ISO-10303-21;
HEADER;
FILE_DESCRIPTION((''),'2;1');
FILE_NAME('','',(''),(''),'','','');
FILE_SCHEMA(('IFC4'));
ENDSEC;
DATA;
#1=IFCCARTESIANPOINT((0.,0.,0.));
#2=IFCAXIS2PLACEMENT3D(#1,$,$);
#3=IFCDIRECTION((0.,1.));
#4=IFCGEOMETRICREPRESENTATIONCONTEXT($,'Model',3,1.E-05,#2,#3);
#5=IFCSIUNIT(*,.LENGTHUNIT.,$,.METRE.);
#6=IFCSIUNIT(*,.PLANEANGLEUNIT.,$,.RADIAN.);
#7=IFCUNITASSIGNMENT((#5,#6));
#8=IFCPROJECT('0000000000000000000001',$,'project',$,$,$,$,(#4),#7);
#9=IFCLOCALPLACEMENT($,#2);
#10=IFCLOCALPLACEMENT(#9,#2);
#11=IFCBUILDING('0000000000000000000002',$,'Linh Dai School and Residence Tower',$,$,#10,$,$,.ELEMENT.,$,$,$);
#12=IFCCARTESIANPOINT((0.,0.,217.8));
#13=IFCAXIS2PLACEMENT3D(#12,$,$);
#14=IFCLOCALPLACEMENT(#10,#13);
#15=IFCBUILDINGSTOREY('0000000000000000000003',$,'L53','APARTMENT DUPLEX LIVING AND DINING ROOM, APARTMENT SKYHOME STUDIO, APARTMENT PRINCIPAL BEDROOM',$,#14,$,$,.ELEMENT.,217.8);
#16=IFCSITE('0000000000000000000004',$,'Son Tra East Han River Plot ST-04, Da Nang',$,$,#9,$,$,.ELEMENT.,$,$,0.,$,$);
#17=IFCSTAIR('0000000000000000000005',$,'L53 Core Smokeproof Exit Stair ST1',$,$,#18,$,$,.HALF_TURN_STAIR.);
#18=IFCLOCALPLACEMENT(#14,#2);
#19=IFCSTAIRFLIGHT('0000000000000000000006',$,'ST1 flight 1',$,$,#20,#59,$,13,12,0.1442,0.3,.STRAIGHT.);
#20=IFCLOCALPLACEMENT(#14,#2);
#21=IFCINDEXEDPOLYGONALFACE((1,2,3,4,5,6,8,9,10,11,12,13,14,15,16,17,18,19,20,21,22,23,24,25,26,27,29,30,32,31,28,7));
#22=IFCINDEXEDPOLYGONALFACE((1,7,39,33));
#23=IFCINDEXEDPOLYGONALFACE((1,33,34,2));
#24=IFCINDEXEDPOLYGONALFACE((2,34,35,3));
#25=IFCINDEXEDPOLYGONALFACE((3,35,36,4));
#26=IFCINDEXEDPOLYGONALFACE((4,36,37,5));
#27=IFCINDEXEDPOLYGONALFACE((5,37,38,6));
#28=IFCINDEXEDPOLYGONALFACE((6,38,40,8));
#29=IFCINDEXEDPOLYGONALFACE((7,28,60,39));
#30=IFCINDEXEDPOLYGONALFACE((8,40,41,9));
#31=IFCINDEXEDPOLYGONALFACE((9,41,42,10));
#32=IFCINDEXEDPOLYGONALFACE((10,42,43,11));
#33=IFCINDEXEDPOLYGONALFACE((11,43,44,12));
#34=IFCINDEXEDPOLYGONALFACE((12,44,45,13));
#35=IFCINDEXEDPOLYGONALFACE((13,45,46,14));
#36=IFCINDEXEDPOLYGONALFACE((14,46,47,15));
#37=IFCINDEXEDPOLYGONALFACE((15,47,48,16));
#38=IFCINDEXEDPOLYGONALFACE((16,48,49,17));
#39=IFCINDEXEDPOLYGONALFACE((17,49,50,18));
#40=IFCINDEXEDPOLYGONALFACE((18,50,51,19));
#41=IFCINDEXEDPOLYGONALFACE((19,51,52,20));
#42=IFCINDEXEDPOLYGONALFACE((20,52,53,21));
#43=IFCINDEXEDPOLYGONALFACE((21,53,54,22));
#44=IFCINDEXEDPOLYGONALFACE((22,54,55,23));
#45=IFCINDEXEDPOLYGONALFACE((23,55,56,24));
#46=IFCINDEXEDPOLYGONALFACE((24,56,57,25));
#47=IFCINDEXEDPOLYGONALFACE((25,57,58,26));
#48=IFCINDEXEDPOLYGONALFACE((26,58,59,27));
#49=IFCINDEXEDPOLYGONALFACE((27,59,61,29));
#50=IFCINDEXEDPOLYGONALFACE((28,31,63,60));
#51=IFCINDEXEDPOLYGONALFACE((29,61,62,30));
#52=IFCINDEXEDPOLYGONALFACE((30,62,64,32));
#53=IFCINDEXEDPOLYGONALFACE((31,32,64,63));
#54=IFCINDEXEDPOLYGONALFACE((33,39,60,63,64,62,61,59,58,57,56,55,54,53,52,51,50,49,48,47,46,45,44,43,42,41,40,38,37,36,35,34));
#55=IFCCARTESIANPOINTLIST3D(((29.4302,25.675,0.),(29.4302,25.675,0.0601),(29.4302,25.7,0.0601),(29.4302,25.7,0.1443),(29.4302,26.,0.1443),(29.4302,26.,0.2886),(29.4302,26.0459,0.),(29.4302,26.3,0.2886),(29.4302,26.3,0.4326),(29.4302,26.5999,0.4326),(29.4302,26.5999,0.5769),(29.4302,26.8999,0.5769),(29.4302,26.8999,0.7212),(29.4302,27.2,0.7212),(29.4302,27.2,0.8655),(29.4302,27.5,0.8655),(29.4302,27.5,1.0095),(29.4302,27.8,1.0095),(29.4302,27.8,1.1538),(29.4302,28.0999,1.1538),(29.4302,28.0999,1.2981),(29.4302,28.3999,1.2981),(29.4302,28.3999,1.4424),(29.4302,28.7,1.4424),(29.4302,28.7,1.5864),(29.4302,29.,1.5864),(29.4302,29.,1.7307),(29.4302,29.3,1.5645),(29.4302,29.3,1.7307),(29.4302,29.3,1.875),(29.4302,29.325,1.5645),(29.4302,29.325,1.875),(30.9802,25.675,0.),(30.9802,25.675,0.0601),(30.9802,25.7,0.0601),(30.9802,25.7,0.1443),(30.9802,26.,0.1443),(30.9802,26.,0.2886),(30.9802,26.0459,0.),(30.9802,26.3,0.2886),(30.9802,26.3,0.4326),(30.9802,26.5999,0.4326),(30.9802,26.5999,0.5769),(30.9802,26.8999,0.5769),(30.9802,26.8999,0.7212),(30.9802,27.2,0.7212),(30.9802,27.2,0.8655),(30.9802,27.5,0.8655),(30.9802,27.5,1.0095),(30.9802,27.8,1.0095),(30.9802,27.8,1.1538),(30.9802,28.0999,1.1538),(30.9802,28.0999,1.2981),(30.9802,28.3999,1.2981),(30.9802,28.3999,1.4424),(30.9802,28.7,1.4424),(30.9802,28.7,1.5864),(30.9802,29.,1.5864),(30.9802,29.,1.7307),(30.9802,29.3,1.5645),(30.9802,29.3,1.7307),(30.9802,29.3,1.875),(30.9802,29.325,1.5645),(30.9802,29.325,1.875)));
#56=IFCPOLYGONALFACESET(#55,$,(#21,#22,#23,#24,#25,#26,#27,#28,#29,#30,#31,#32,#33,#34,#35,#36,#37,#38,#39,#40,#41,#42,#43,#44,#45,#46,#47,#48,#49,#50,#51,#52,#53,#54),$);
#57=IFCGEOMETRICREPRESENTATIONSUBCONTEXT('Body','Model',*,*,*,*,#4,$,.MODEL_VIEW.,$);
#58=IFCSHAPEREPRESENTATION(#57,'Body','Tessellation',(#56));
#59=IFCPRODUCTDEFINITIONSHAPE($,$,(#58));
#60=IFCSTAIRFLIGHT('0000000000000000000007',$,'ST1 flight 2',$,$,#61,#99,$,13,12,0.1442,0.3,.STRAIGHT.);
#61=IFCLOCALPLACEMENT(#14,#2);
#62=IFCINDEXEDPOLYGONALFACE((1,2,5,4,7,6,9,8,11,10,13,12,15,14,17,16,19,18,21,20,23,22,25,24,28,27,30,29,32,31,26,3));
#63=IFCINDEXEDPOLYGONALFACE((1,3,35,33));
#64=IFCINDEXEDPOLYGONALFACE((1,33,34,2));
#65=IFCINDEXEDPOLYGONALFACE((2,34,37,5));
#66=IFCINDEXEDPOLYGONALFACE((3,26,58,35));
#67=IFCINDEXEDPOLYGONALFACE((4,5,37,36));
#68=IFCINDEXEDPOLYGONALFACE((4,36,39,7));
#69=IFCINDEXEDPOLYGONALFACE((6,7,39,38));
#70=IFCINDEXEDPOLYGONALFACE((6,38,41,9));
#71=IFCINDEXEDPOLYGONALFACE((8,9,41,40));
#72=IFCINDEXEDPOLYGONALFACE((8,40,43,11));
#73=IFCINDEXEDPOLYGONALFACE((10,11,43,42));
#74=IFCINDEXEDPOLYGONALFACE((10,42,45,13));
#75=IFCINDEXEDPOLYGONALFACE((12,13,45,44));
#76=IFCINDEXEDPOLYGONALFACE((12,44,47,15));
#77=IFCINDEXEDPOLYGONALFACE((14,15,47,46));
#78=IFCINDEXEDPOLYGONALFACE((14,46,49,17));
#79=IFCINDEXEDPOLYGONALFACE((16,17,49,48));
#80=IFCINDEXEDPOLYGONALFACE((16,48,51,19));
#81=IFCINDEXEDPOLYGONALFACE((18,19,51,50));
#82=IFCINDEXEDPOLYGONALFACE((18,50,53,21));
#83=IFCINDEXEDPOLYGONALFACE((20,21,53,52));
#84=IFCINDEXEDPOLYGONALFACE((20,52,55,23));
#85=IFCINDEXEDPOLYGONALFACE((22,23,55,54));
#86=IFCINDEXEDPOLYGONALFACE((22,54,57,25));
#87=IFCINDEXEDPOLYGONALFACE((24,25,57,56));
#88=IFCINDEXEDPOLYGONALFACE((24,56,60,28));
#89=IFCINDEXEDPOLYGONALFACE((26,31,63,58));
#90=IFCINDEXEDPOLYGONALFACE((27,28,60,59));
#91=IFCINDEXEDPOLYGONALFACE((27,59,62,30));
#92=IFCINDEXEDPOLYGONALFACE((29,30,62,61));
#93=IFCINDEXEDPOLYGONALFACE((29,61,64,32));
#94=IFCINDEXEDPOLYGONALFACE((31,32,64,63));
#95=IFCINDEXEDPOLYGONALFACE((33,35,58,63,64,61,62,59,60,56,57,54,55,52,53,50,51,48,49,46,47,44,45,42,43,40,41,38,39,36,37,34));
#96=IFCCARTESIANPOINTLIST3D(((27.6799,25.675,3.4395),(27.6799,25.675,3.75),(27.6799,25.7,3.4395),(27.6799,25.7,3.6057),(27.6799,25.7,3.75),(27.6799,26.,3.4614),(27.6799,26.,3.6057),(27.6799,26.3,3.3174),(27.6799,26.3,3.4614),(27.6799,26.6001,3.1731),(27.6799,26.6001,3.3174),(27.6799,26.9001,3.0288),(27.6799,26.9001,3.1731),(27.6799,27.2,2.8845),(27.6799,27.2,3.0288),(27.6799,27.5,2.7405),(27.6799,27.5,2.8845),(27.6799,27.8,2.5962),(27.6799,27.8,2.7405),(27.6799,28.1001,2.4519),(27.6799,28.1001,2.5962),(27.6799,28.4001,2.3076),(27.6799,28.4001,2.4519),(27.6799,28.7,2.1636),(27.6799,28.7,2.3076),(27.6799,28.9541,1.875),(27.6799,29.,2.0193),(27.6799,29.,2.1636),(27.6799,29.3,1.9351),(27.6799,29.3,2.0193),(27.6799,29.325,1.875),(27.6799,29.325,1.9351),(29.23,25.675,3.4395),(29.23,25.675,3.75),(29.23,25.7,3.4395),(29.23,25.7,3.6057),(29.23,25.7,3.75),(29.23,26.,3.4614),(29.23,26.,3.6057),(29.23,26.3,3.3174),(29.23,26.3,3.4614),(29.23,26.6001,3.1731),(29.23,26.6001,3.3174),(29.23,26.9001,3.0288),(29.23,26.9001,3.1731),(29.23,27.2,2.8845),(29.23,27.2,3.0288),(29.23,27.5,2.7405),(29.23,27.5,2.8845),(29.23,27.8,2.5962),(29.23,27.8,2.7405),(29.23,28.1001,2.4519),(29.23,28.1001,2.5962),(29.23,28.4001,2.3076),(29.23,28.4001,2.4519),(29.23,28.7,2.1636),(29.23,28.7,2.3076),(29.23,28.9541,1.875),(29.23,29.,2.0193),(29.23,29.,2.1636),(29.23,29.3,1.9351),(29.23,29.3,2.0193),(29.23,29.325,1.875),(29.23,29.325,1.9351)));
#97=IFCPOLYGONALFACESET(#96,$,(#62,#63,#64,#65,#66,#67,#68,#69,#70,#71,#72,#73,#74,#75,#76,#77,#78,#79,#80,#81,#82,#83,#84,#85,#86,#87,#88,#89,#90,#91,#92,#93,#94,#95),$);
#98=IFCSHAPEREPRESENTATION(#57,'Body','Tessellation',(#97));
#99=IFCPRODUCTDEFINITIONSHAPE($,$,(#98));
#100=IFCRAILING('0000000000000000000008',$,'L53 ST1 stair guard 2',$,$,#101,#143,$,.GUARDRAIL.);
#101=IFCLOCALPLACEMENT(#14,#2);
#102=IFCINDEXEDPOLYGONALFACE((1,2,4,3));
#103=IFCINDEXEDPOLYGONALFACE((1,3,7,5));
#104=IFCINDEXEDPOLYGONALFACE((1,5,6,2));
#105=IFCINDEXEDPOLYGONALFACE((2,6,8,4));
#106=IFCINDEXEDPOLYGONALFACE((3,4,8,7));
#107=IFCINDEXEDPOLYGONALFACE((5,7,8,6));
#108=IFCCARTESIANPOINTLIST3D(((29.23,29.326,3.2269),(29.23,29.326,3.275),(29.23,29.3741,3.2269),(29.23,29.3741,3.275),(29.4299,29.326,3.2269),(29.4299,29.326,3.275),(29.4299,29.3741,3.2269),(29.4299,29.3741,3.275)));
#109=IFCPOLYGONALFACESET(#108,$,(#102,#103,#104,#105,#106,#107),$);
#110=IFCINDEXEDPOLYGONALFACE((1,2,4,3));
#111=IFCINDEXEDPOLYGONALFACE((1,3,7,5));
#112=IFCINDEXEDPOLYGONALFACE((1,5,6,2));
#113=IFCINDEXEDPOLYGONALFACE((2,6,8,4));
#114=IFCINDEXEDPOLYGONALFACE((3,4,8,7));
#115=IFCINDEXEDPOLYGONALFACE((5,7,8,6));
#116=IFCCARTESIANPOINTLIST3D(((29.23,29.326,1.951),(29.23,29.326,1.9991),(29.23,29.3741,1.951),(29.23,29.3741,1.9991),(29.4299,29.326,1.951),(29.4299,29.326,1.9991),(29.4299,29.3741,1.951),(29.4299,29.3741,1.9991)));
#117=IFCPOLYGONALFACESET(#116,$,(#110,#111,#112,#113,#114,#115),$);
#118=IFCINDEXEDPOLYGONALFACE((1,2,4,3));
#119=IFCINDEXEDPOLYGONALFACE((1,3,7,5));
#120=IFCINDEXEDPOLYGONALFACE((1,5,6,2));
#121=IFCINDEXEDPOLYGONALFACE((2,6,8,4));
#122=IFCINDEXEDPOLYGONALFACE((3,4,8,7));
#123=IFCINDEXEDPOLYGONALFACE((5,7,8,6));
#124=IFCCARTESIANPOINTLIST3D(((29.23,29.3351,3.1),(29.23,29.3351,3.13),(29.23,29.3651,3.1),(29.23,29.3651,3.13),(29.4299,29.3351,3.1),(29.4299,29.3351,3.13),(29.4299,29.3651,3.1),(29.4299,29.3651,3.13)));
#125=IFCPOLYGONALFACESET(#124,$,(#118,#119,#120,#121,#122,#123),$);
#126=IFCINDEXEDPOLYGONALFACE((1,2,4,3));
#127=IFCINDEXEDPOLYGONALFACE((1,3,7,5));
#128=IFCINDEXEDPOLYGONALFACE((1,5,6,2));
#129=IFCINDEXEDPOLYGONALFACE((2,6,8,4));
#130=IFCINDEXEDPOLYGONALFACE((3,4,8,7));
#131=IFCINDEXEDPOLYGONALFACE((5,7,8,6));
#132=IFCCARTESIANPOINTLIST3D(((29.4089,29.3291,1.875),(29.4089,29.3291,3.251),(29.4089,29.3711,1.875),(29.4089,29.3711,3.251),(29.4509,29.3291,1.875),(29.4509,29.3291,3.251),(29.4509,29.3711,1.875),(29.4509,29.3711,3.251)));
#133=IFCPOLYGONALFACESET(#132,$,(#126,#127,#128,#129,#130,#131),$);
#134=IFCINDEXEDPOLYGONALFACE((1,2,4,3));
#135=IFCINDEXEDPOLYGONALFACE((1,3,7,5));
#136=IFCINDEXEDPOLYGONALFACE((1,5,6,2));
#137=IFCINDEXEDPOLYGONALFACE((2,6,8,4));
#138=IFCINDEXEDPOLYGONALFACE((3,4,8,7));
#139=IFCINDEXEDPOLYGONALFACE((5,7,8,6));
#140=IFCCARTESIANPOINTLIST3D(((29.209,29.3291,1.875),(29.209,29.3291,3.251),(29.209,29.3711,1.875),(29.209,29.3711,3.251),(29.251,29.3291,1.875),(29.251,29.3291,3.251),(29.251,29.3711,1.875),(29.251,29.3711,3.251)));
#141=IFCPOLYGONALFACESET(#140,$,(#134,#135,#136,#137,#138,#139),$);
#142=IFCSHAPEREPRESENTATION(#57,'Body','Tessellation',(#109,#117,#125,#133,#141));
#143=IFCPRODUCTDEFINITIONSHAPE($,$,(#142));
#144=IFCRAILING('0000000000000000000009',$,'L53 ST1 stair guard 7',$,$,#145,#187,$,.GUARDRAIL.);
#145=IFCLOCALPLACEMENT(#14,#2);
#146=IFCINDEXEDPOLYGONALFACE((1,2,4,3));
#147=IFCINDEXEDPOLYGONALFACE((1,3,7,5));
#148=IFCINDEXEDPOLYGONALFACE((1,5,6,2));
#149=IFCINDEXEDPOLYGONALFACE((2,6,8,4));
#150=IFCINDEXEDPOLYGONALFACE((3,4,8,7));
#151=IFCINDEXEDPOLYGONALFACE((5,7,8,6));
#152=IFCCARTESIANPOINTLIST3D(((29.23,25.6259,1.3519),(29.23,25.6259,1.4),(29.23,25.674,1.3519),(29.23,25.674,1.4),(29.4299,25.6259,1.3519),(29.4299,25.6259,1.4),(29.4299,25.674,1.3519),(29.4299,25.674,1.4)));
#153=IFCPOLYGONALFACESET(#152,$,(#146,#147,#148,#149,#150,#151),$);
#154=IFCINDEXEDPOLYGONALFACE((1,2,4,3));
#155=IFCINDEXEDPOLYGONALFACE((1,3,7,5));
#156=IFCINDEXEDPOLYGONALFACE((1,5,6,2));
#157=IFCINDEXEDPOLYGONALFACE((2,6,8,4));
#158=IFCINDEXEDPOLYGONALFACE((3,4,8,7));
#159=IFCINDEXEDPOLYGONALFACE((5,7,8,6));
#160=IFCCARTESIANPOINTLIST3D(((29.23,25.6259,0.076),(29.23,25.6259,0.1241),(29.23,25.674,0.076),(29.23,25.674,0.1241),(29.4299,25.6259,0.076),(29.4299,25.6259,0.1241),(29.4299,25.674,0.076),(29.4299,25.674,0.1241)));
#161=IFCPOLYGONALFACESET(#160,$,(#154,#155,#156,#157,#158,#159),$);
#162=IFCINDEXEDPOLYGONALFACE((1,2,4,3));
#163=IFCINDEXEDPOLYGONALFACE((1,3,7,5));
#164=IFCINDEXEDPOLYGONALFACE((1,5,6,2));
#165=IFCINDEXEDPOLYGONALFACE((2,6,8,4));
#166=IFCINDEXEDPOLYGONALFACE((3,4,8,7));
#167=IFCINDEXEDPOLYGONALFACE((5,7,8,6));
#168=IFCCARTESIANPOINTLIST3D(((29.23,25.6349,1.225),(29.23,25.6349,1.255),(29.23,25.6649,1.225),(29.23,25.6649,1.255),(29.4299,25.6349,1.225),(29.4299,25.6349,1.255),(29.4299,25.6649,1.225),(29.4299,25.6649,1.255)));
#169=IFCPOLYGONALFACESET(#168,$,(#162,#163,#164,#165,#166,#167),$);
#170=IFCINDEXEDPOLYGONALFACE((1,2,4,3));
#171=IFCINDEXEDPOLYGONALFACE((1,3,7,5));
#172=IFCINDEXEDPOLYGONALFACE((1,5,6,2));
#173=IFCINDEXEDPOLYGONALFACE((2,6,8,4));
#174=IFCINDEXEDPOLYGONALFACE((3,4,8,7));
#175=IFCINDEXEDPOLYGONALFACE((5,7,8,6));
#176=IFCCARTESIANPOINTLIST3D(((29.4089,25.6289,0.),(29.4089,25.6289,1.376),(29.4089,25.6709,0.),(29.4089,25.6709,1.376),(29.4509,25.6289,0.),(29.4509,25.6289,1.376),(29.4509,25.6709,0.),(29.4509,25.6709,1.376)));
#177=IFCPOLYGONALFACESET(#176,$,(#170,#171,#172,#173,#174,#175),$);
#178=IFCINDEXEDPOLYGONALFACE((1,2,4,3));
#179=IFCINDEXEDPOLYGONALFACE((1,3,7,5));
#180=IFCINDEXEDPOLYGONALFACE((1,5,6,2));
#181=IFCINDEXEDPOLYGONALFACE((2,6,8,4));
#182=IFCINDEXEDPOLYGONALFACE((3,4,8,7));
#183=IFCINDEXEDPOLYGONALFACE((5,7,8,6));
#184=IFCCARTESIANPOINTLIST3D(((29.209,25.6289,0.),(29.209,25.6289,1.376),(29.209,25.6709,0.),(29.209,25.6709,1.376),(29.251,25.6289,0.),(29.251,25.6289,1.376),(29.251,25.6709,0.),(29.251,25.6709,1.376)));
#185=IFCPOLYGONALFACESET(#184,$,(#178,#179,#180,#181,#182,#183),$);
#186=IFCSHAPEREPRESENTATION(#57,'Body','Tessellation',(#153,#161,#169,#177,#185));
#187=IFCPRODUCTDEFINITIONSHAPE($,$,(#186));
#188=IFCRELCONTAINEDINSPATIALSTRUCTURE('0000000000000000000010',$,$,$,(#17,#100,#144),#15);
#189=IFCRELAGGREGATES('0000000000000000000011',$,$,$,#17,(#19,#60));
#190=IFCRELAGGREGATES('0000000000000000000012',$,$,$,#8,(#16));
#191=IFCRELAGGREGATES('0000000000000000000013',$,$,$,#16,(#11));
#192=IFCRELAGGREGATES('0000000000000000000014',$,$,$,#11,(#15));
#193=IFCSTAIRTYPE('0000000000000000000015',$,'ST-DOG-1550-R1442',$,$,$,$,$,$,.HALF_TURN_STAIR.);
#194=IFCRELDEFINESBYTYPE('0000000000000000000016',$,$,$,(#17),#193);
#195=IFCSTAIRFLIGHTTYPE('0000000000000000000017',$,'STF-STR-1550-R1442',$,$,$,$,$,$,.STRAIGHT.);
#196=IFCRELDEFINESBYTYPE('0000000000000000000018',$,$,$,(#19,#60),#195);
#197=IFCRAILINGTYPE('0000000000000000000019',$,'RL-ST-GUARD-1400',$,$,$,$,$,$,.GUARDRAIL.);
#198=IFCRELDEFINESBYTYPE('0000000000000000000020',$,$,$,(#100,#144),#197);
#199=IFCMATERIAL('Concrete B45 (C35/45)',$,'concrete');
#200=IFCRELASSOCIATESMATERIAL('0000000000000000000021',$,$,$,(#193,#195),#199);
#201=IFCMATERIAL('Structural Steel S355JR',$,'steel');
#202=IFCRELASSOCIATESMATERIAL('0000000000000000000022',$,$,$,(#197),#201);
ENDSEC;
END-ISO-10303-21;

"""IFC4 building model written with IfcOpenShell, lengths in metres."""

from ifc_helpers import new_model, si_unit, direction, frame, origin, origin_2d, place, context, subcontext, project, spatial, polyline, rectangle, outline, extrude, source, transform, mapped, material, type_object, element, aggregate, save


model = new_model("IFC4")

# Units and contexts
model_context = context("Model", 3, precision=1e-05, world=origin(), true_north=direction((0.0, 1.0)))
body_context = subcontext(model_context, "Body", "Model", "MODEL_VIEW")
ifc_project = project(units=[si_unit("LENGTHUNIT", "METRE"), si_unit("PLANEANGLEUNIT", "RADIAN")], contexts=[model_context])

# Site, building, storey
site_placement = place(None, origin())
site = spatial("IfcSite", under=ifc_project, at=site_placement, Name="Son Tra East Han River Plot ST-04, Da Nang", CompositionType="ELEMENT", RefElevation=0.0)
building_placement = place(site_placement, origin())
building = spatial("IfcBuilding", under=site, at=building_placement, Name="Linh Dai School and Residence Tower", CompositionType="ELEMENT")
storey_placement = place(building_placement, frame((0.0, 0.0, 217.8)))
storey = spatial("IfcBuildingStorey", under=building, at=storey_placement, Name="L53", Description="APARTMENT DUPLEX LIVING AND DINING ROOM, APARTMENT SKYHOME STUDIO, APARTMENT PRINCIPAL BEDROOM", CompositionType="ELEMENT", Elevation=217.8)

# Shared definitions
ifc_material_1 = material(Name="Concrete B45 (C35/45)", Category="concrete")

# Stair, stair flights
stair_type = type_object("IfcStairType", Name="ST-DOG-1550-R1442", PredefinedType="HALF_TURN_STAIR", material=ifc_material_1)
stair_placement = place(storey_placement, origin())
stair = element("IfcStair", 1, at=stair_placement, inside=storey, type_object=stair_type, Name="L53 Core Smokeproof Exit Stair ST1", PredefinedType="HALF_TURN_STAIR")
stair_flight_type = type_object("IfcStairFlightType", Name="STF-STR-1550-R1442", PredefinedType="STRAIGHT", material=ifc_material_1)
shared_shape_1 = source(origin(), body_context, "Body", "SweptSolid", [
    extrude(outline(polyline([(-0.0249, 0.0), (-0.0249, 0.0601), (0.0, 0.0601), (0.0, 0.1443), (0.3, 0.1443), (0.3, 0.2886), (0.6001, 0.2886), (0.6001, 0.4326), (0.8999, 0.4326), (0.8999, 0.5769), (1.2, 0.5769), (1.2, 0.7212), (1.5, 0.7212), (1.5, 0.8655), (1.8, 0.8655), (1.8, 1.0095), (2.1001, 1.0095), (2.1001, 1.1538), (2.3999, 1.1538), (2.3999, 1.2981), (2.7, 1.2981), (2.7, 1.4424), (3.0, 1.4424), (3.0, 1.5864), (3.3, 1.5864), (3.3, 1.7307), (3.6001, 1.7307), (3.6001, 1.875), (3.625, 1.875), (3.625, 1.5645), (3.6001, 1.5645), (0.3459, 0.0), (-0.0249, 0.0)])), frame((0.0, 0.7749, 0.0), z_axis=(0.0, -1.0, 0.0), x_axis=(1.0, 0.0, 0.0)), (0.0, 0.0, 1.0), 1.55),
])
stair_flight_1_placement = place(storey_placement, frame((30.2051, 25.7, 0.0), z_axis=(0.0, 0.0, 1.0), x_axis=(0.0, 1.0, 0.0)))
stair_flight_1 = element("IfcStairFlight", 2, at=stair_flight_1_placement, type_object=stair_flight_type, Name="ST1 flight 1", NumberOfRisers=13, NumberOfTreads=12, PredefinedType="STRAIGHT", RiserHeight=0.1442, TreadLength=0.3, context=body_context, shape_type="MappedRepresentation", body=[
    mapped(shared_shape_1, transform((0.0, 0.0, 0.0), x_axis=(1.0, 0.0, 0.0), y_axis=(0.0, 1.0, 0.0), z_axis=(0.0, 0.0, 1.0), scale=1.0)),
])
stair_flight_2_placement = place(storey_placement, frame((28.4551, 29.3, 1.875), z_axis=(0.0, 0.0, 1.0), x_axis=(0.0, -1.0, 0.0)))
stair_flight_2 = element("IfcStairFlight", 3, at=stair_flight_2_placement, type_object=stair_flight_type, Name="ST1 flight 2", NumberOfRisers=13, NumberOfTreads=12, PredefinedType="STRAIGHT", RiserHeight=0.1442, TreadLength=0.3, context=body_context, shape_type="MappedRepresentation", body=[
    mapped(shared_shape_1, transform((0.0, 0.0, 0.0), x_axis=(1.0, 0.0, 0.0), y_axis=(0.0, 1.0, 0.0), z_axis=(0.0, 0.0, 1.0), scale=1.0)),
])
aggregate(stair, [stair_flight_1, stair_flight_2])

# Railings
ifc_material_2 = material(Name="Structural Steel S355JR", Category="steel")
railing_type_1 = type_object("IfcRailingType", Name="RL-ST-GUARD-1400", PredefinedType="GUARDRAIL", material=ifc_material_2)
shared_shape_2 = source(origin(), body_context, "Body", "SweptSolid", [
    extrude(rectangle(XDim=0.0481, YDim=0.0481, at=origin_2d()), frame((0.0, 0.0, 1.376), z_axis=(-1.0, 0.0, 0.0), x_axis=(0.0, -1.0, 0.0)), (0.0, 0.0, 1.0), 0.2),
    extrude(rectangle(XDim=0.0481, YDim=0.0481, at=origin_2d()), frame((0.0, 0.0, 0.1001), z_axis=(-1.0, 0.0, 0.0), x_axis=(0.0, -1.0, 0.0)), (0.0, 0.0, 1.0), 0.2),
    extrude(rectangle(XDim=0.03, YDim=0.03, at=origin_2d()), frame((0.0, 0.0, 1.24), z_axis=(-1.0, 0.0, 0.0), x_axis=(0.0, -1.0, 0.0)), (0.0, 0.0, 1.0), 0.2),
    extrude(rectangle(XDim=0.042, YDim=0.042, at=origin_2d()), origin(), (0.0, 0.0, 1.0), 1.376),
    extrude(rectangle(XDim=0.042, YDim=0.042, at=origin_2d()), frame((-0.2, 0.0, 0.0)), (0.0, 0.0, 1.0), 1.376),
])
for number, where, name in (
    (4, (29.4299, 29.3501, 1.875), "L53 ST1 stair guard 2"),
    (5, (29.4299, 25.6499, 0.0), "L53 ST1 stair guard 7"),
):
    element("IfcRailing", number, at=place(storey_placement, frame(where)), inside=storey, type_object=railing_type_1, Name=name, PredefinedType="GUARDRAIL", context=body_context, shape_type="MappedRepresentation", body=[
        mapped(shared_shape_2, transform((0.0, 0.0, 0.0), x_axis=(1.0, 0.0, 0.0), y_axis=(0.0, 1.0, 0.0), z_axis=(0.0, 0.0, 1.0), scale=1.0)),
    ])

save(model, "model.ifc")
